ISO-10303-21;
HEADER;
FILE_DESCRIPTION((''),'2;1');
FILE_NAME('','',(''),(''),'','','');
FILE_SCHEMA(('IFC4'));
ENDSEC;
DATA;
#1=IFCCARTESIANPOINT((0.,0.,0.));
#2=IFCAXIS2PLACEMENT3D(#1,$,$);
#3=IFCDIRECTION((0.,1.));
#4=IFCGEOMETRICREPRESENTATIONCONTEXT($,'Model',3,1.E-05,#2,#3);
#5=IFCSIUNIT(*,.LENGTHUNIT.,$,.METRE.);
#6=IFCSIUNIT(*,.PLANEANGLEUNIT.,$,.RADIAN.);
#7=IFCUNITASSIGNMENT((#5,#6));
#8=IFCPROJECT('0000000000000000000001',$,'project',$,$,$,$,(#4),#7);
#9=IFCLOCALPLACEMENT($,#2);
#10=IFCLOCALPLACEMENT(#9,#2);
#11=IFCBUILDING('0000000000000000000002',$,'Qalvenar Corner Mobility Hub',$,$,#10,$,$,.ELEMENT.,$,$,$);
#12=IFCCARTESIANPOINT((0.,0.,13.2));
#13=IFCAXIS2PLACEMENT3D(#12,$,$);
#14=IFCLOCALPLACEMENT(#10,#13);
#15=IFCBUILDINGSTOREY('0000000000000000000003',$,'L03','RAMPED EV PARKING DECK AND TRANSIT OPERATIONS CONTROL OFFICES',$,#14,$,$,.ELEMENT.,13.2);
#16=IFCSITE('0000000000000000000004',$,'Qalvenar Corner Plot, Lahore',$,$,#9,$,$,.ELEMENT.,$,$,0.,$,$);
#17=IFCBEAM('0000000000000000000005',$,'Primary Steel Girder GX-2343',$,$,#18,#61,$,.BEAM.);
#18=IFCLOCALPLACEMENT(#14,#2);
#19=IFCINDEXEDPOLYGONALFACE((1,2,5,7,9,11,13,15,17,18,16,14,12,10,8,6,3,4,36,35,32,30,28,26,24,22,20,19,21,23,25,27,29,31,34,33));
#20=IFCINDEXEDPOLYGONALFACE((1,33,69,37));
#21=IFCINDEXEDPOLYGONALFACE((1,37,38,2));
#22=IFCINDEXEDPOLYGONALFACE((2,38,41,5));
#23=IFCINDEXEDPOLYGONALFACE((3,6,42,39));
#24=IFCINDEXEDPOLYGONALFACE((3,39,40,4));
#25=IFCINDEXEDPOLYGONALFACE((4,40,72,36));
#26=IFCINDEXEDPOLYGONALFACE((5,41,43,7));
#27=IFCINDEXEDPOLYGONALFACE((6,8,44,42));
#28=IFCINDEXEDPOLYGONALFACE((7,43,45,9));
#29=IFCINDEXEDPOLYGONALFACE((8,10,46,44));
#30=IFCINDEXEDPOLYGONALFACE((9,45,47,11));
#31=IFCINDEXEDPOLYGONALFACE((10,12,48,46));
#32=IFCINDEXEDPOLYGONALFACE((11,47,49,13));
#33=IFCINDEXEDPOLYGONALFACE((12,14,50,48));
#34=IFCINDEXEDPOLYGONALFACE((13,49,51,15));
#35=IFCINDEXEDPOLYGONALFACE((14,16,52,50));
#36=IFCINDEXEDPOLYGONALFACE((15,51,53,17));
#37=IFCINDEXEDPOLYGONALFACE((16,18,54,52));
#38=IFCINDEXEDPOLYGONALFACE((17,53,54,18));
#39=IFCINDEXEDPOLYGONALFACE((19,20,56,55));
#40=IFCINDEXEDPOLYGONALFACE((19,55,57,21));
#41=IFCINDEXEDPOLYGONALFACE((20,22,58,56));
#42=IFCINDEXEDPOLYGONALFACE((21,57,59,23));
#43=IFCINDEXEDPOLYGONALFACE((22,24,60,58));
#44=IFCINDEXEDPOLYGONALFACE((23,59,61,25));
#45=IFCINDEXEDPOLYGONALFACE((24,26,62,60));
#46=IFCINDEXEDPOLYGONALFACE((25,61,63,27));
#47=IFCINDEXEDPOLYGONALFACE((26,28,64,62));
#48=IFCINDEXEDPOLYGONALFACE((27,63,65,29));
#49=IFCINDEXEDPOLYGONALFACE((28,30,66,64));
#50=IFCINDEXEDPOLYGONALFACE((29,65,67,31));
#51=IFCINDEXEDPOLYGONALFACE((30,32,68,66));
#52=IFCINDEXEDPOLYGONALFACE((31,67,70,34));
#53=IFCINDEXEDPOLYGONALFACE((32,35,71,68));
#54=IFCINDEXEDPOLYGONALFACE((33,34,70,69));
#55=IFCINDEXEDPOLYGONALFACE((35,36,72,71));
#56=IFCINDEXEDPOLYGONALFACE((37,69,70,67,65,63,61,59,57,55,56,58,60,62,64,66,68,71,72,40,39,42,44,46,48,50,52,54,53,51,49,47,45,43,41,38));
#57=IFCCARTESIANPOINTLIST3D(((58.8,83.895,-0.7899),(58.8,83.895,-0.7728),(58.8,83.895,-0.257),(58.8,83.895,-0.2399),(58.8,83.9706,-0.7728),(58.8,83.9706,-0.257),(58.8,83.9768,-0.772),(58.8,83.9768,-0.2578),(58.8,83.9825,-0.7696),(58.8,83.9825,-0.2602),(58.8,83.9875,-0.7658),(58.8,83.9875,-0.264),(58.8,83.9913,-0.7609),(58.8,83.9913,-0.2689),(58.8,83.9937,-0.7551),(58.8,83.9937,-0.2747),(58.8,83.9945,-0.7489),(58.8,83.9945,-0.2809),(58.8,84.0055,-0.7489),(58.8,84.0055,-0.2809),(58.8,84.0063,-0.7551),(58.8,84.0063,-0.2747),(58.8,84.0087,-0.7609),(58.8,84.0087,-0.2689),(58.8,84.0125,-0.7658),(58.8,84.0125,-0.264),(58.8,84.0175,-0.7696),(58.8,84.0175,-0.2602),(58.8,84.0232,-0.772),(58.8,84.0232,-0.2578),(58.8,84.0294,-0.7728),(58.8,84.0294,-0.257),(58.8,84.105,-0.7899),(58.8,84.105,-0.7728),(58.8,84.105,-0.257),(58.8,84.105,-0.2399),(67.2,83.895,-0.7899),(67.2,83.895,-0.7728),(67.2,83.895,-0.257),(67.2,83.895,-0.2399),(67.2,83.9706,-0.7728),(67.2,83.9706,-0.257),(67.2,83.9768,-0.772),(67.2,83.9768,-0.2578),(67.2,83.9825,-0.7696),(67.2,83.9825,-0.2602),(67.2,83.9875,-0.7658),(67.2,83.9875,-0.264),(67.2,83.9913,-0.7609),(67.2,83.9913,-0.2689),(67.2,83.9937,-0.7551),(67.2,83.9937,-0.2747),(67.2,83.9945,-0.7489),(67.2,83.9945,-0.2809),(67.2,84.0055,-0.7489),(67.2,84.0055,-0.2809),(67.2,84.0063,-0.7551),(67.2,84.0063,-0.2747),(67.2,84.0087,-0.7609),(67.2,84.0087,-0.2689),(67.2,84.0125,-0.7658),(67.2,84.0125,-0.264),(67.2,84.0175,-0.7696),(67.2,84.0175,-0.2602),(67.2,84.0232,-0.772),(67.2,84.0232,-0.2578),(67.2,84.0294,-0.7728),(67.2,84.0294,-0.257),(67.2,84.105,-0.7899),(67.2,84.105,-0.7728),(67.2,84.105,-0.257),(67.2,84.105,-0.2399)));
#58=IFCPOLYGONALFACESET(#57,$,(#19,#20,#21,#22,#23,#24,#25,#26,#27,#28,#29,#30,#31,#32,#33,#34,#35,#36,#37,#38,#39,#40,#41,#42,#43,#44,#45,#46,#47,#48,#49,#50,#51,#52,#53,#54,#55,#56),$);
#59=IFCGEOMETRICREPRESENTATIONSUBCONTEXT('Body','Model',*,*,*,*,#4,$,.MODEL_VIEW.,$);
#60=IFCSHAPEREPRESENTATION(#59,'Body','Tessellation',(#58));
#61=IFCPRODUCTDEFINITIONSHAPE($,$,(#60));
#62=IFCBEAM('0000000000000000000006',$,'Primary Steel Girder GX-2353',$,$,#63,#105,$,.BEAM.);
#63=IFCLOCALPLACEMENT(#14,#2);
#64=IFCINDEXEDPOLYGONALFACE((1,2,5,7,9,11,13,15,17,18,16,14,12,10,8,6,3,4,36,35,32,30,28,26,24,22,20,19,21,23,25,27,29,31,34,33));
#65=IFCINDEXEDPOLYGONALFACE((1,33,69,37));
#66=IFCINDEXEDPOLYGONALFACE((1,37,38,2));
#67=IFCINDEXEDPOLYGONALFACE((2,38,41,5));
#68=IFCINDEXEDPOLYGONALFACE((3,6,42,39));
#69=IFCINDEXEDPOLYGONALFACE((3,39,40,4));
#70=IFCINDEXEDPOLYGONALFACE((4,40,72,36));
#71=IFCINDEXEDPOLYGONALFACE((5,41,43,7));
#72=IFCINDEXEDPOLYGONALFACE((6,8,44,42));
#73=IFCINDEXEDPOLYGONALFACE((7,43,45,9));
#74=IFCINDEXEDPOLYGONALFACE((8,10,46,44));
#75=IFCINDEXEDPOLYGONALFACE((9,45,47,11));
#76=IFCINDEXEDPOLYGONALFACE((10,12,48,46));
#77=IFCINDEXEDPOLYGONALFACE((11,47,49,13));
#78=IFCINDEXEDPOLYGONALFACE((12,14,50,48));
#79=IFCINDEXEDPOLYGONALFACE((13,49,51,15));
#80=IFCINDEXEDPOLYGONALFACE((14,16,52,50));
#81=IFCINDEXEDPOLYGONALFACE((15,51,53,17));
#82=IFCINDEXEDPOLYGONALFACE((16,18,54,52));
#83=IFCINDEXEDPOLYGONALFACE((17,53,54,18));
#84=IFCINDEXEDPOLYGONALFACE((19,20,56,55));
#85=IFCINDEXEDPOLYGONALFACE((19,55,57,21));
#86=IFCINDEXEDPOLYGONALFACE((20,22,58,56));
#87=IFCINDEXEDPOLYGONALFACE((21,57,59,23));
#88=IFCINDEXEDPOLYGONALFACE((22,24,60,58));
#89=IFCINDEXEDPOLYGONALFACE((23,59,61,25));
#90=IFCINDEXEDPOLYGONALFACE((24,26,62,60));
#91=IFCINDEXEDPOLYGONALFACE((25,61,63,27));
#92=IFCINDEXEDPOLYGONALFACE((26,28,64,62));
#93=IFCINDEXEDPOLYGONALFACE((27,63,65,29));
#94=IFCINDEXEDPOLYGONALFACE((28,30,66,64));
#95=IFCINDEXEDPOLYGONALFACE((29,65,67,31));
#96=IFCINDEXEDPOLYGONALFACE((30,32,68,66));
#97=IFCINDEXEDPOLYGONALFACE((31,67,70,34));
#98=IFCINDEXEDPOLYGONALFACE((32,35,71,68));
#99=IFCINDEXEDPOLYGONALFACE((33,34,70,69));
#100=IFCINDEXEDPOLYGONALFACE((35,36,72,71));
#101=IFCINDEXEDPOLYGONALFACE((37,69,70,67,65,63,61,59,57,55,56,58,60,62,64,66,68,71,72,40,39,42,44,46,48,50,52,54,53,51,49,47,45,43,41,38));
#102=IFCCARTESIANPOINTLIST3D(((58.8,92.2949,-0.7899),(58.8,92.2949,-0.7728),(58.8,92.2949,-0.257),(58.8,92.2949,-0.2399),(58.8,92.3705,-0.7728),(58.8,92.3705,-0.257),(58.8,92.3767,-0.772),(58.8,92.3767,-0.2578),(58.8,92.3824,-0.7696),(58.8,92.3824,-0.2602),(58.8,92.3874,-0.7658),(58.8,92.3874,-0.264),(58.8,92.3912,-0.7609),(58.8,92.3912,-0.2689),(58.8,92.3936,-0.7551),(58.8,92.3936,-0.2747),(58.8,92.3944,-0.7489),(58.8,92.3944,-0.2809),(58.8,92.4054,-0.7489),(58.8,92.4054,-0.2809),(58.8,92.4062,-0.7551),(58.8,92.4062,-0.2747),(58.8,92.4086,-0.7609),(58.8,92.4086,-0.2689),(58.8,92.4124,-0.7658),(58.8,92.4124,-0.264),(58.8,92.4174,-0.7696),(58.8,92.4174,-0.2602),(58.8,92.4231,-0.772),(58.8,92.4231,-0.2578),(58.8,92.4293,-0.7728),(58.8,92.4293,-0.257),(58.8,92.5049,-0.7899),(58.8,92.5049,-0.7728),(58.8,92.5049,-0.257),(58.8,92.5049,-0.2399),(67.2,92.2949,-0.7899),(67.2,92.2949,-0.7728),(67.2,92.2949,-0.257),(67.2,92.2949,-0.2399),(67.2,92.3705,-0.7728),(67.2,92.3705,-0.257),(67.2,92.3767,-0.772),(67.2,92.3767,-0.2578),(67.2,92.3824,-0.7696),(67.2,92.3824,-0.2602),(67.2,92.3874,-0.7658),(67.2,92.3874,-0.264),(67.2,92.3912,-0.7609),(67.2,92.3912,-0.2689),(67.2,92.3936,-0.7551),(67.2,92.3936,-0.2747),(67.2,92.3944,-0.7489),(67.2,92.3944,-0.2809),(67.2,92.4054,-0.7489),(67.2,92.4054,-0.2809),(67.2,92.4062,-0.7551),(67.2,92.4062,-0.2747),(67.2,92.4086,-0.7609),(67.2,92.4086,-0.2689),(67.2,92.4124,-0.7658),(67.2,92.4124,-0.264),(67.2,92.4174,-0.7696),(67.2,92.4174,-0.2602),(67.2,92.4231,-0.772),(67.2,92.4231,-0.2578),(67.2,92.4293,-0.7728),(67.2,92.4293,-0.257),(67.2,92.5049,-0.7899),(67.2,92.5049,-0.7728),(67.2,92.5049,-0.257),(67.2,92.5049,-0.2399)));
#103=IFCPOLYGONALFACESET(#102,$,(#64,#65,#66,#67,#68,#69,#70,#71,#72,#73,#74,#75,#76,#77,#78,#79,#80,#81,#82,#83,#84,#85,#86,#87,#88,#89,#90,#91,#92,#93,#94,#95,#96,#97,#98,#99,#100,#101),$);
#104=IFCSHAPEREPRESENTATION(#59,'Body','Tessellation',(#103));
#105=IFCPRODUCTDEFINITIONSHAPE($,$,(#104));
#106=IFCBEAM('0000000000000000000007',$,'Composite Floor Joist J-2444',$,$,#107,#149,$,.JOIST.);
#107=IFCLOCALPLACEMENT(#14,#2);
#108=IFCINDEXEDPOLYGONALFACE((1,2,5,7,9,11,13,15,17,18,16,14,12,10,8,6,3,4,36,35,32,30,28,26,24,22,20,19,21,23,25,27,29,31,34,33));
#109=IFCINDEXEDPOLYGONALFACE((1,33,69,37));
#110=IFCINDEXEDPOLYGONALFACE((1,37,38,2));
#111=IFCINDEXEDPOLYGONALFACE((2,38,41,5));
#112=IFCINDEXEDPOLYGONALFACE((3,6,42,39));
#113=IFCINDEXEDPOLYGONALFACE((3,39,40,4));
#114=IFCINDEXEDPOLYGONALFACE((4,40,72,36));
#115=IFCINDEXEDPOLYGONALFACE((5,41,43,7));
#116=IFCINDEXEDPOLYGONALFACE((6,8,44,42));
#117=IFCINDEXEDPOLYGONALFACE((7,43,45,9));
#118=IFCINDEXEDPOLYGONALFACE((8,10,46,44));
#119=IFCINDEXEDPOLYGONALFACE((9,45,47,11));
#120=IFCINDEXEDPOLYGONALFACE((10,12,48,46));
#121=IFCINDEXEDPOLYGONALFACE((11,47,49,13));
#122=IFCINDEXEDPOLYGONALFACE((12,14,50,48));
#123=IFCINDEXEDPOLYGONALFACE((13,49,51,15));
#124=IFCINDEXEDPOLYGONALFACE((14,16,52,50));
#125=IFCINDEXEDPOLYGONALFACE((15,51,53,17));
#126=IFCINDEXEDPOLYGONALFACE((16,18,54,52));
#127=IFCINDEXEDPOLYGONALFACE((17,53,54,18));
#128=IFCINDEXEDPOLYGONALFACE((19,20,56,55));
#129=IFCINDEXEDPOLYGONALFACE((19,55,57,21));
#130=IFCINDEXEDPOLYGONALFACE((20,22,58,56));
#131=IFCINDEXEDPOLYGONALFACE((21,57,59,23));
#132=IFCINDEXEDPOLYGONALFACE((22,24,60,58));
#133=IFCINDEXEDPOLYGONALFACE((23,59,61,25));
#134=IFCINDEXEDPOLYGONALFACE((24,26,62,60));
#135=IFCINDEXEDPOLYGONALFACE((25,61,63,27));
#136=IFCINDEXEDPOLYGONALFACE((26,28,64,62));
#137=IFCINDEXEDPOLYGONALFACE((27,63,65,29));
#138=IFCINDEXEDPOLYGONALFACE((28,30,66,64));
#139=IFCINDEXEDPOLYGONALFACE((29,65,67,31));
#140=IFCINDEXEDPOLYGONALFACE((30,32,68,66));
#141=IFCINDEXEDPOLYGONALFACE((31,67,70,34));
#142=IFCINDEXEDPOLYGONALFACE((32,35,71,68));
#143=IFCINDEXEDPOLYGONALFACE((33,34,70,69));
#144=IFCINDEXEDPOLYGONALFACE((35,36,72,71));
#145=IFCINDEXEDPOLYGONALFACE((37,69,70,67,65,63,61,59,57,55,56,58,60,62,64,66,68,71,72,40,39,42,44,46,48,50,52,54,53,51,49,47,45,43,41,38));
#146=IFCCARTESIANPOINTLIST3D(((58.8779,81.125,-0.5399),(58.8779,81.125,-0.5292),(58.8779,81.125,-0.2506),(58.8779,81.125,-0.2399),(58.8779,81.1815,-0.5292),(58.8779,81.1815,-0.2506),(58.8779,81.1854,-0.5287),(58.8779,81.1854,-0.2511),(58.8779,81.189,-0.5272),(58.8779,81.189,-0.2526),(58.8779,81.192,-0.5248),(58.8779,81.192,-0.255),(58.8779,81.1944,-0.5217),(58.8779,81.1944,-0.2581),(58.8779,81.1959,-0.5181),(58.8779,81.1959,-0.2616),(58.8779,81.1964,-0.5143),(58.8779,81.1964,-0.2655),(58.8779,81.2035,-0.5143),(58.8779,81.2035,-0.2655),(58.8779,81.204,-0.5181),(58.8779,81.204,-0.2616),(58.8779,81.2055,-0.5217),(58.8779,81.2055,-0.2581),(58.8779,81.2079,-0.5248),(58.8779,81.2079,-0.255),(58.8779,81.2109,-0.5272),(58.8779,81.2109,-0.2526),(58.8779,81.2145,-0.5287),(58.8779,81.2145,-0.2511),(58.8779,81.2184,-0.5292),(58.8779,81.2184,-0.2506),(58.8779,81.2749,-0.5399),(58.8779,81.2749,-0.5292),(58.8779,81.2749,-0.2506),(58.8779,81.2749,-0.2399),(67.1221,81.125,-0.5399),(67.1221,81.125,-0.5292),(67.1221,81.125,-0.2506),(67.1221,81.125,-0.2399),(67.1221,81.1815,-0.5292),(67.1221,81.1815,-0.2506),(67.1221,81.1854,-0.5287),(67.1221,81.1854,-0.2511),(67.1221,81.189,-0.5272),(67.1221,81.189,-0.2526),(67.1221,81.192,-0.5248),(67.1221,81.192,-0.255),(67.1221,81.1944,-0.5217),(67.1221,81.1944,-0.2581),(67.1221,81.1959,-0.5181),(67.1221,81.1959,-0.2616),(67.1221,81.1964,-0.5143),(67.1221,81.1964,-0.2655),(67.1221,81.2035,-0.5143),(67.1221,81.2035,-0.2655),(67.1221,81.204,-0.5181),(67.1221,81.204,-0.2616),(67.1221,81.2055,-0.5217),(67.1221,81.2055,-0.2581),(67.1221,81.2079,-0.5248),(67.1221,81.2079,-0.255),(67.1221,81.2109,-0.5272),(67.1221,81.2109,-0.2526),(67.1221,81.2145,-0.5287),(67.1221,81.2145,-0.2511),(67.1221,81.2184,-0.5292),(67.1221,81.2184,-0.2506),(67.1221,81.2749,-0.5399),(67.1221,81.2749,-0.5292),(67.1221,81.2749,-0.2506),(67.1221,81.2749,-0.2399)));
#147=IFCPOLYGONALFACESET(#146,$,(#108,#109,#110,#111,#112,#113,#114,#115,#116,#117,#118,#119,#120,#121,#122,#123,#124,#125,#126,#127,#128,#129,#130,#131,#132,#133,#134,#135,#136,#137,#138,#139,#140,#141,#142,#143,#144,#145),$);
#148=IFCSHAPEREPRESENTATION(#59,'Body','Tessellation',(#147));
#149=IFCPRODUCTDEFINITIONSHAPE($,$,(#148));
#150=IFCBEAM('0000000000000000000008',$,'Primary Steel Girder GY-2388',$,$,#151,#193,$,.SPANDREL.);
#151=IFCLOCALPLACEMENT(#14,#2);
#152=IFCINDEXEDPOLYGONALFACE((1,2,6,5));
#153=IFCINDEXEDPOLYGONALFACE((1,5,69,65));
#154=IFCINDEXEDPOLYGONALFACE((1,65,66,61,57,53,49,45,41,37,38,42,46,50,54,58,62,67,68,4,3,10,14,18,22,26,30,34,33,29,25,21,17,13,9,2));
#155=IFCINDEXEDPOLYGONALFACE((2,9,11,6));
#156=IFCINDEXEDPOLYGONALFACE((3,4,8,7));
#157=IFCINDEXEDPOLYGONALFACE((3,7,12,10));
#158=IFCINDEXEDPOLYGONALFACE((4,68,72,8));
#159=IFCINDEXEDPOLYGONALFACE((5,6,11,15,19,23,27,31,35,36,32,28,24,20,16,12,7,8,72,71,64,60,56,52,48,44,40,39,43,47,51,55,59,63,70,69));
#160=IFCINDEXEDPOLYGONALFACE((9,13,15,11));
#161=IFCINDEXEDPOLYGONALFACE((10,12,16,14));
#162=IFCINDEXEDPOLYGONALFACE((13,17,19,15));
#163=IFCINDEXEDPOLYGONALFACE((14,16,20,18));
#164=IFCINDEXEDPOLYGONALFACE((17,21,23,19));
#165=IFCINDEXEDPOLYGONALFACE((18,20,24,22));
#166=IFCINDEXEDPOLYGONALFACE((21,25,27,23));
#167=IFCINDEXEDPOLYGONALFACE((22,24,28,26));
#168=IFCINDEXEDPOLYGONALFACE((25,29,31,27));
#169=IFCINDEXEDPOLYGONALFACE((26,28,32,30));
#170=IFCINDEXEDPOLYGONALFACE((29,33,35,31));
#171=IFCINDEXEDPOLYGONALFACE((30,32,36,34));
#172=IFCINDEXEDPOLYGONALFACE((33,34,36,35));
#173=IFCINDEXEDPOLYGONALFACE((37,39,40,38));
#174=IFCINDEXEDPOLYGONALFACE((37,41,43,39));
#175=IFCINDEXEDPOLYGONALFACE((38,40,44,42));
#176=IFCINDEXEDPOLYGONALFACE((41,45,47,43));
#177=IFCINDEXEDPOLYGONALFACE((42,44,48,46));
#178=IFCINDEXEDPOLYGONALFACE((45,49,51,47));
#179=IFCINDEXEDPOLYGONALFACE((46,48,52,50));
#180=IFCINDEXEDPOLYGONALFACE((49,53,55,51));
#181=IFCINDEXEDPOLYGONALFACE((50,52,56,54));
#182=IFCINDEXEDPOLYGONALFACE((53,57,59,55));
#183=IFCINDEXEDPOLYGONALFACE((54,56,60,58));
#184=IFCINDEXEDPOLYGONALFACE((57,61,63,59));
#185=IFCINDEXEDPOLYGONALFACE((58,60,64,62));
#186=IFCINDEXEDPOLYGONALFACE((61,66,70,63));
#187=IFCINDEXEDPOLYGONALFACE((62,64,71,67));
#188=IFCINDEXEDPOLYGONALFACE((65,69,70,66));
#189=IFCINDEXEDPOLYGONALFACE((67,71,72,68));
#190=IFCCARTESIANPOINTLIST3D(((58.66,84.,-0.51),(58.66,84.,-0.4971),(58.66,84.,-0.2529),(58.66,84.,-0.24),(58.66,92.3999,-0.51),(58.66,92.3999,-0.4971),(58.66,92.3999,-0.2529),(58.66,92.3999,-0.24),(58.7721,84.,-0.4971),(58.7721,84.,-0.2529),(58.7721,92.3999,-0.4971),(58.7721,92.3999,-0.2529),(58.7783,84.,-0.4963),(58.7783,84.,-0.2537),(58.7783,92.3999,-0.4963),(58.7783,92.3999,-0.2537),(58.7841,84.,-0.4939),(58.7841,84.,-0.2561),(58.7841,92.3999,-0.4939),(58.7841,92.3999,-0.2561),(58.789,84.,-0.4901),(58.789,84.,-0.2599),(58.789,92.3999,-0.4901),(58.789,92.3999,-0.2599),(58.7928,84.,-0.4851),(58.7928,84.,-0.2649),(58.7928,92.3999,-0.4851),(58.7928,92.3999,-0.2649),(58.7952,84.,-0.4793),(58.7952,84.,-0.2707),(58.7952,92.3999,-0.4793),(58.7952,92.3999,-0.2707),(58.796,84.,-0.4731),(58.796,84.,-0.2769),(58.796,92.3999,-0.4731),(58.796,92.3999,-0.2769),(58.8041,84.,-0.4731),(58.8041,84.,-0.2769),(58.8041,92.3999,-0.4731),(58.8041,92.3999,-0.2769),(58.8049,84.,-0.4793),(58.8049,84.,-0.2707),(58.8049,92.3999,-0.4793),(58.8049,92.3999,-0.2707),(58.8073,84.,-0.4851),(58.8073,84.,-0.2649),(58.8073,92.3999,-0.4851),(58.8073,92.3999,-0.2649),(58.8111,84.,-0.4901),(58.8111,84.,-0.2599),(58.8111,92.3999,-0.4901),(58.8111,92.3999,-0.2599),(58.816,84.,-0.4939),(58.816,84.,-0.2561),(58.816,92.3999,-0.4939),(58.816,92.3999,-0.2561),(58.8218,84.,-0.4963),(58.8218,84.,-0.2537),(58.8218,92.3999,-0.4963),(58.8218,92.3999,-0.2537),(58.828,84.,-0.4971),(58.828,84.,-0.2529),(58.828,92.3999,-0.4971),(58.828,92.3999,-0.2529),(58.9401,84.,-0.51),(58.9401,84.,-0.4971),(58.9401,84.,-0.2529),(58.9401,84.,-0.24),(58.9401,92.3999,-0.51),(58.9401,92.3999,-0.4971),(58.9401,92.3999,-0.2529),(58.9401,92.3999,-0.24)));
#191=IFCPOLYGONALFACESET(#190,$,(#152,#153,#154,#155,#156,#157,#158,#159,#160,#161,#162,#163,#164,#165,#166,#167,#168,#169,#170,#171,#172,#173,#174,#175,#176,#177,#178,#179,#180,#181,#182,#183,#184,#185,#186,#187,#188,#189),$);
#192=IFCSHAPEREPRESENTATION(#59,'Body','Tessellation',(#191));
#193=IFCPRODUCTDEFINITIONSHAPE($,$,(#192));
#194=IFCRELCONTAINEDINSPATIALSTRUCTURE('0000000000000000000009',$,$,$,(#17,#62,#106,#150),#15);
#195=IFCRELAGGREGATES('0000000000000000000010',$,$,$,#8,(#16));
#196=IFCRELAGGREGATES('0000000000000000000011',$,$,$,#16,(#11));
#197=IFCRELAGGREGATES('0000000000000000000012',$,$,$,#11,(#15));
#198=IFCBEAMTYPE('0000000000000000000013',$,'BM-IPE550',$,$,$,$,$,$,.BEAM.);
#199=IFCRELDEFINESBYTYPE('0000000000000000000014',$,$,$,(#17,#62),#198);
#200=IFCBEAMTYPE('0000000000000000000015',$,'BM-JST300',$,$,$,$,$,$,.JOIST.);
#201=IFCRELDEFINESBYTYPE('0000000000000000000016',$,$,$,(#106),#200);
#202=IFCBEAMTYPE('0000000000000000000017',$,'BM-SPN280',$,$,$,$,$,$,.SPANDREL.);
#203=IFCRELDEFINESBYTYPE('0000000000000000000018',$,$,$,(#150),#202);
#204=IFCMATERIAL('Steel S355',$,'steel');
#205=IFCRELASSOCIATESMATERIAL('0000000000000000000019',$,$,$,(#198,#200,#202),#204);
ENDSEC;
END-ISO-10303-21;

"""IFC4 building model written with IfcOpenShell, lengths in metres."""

from ifc_helpers import new_model, si_unit, direction, frame, origin, origin_2d, place, context, subcontext, project, spatial, i_section, extrude, material, material_profile, profile_set, type_object, element, save


model = new_model("IFC4")

# Units and contexts
model_context = context("Model", 3, precision=1e-05, world=origin(), true_north=direction((0.0, 1.0)))
body_context = subcontext(model_context, "Body", "Model", "MODEL_VIEW")
ifc_project = project(units=[si_unit("LENGTHUNIT", "METRE"), si_unit("PLANEANGLEUNIT", "RADIAN")], contexts=[model_context])

# Site, building, storey
site_placement = place(None, origin())
site = spatial("IfcSite", under=ifc_project, at=site_placement, Name="Qalvenar Corner Plot, Lahore", CompositionType="ELEMENT", RefElevation=0.0)
building_placement = place(site_placement, origin())
building = spatial("IfcBuilding", under=site, at=building_placement, Name="Qalvenar Corner Mobility Hub", CompositionType="ELEMENT")
storey_placement = place(building_placement, frame((0.0, 0.0, 13.2)))
storey = spatial("IfcBuildingStorey", under=building, at=storey_placement, Name="L03", Description="RAMPED EV PARKING DECK AND TRANSIT OPERATIONS CONTROL OFFICES", CompositionType="ELEMENT", Elevation=13.2)

# Beams
ifc_material_1 = material(Name="Steel S355", Category="steel")
ifc_material_profile_1 = material_profile(ifc_material_1, i_section(OverallWidth=0.21, OverallDepth=0.55, WebThickness=0.011, FlangeThickness=0.0171, FilletRadius=0.0239, at=origin_2d()), Name="IPE550")
ifc_profile_set_1 = profile_set([ifc_material_profile_1], Name="Steel S355")
beam_type_1 = type_object("IfcBeamType", Name="BM-IPE550", PredefinedType="BEAM", material=ifc_profile_set_1)
for number, where, z_axis, x_axis, name in (
    (1, (58.8, 84.0, -0.5149), (1.0, 0.0, 0.0), (0.0, 1.0, 0.0), "Primary Steel Girder GX-2343"),
    (2, (58.8, 92.3999, -0.5149), (1.0, 0.0, 0.0), (0.0, 1.0, 0.0), "Primary Steel Girder GX-2353"),
):
    element("IfcBeam", number, at=place(storey_placement, frame(where, z_axis=z_axis, x_axis=x_axis)), inside=storey, type_object=beam_type_1, Name=name, PredefinedType="BEAM", context=body_context, shape_type="SweptSolid", body=[
        extrude(i_section(OverallWidth=0.21, OverallDepth=0.55, WebThickness=0.011, FlangeThickness=0.0171, FilletRadius=0.0239, at=origin_2d()), origin(), (0.0, 0.0, 1.0), 8.3999),
    ])
ifc_material_profile_2 = material_profile(ifc_material_1, i_section(OverallWidth=0.1499, OverallDepth=0.3, WebThickness=0.0071, FlangeThickness=0.0107, FilletRadius=0.0149, at=origin_2d()), Name="IPE300")
ifc_profile_set_2 = profile_set([ifc_material_profile_2], Name="Steel S355")
beam_type_2 = type_object("IfcBeamType", Name="BM-JST300", PredefinedType="JOIST", material=ifc_profile_set_2)
beam_1_placement = place(storey_placement, frame((58.8779, 81.2, -0.3899), z_axis=(1.0, 0.0, 0.0), x_axis=(0.0, 1.0, 0.0)))
element("IfcBeam", 3, at=beam_1_placement, inside=storey, type_object=beam_type_2, Name="Composite Floor Joist J-2444", PredefinedType="JOIST", context=body_context, shape_type="SweptSolid", body=[
    extrude(i_section(OverallWidth=0.1499, OverallDepth=0.3, WebThickness=0.0071, FlangeThickness=0.0107, FilletRadius=0.0149, at=origin_2d()), origin(), (0.0, 0.0, 1.0), 8.2441),
])
ifc_material_profile_3 = material_profile(ifc_material_1, i_section(OverallWidth=0.28, OverallDepth=0.27, WebThickness=0.0081, FlangeThickness=0.0129, FilletRadius=0.0239, at=origin_2d()), Name="HEA280")
ifc_profile_set_3 = profile_set([ifc_material_profile_3], Name="Steel S355")
beam_type_3 = type_object("IfcBeamType", Name="BM-SPN280", PredefinedType="SPANDREL", material=ifc_profile_set_3)
beam_2_placement = place(storey_placement, frame((58.8, 84.0, -0.375), z_axis=(0.0, 1.0, 0.0), x_axis=(-1.0, 0.0, 0.0)))
element("IfcBeam", 4, at=beam_2_placement, inside=storey, type_object=beam_type_3, Name="Primary Steel Girder GY-2388", PredefinedType="SPANDREL", context=body_context, shape_type="SweptSolid", body=[
    extrude(i_section(OverallWidth=0.28, OverallDepth=0.27, WebThickness=0.0081, FlangeThickness=0.0129, FilletRadius=0.0239, at=origin_2d()), origin(), (0.0, 0.0, 1.0), 8.3999),
])

save(model, "model.ifc")
